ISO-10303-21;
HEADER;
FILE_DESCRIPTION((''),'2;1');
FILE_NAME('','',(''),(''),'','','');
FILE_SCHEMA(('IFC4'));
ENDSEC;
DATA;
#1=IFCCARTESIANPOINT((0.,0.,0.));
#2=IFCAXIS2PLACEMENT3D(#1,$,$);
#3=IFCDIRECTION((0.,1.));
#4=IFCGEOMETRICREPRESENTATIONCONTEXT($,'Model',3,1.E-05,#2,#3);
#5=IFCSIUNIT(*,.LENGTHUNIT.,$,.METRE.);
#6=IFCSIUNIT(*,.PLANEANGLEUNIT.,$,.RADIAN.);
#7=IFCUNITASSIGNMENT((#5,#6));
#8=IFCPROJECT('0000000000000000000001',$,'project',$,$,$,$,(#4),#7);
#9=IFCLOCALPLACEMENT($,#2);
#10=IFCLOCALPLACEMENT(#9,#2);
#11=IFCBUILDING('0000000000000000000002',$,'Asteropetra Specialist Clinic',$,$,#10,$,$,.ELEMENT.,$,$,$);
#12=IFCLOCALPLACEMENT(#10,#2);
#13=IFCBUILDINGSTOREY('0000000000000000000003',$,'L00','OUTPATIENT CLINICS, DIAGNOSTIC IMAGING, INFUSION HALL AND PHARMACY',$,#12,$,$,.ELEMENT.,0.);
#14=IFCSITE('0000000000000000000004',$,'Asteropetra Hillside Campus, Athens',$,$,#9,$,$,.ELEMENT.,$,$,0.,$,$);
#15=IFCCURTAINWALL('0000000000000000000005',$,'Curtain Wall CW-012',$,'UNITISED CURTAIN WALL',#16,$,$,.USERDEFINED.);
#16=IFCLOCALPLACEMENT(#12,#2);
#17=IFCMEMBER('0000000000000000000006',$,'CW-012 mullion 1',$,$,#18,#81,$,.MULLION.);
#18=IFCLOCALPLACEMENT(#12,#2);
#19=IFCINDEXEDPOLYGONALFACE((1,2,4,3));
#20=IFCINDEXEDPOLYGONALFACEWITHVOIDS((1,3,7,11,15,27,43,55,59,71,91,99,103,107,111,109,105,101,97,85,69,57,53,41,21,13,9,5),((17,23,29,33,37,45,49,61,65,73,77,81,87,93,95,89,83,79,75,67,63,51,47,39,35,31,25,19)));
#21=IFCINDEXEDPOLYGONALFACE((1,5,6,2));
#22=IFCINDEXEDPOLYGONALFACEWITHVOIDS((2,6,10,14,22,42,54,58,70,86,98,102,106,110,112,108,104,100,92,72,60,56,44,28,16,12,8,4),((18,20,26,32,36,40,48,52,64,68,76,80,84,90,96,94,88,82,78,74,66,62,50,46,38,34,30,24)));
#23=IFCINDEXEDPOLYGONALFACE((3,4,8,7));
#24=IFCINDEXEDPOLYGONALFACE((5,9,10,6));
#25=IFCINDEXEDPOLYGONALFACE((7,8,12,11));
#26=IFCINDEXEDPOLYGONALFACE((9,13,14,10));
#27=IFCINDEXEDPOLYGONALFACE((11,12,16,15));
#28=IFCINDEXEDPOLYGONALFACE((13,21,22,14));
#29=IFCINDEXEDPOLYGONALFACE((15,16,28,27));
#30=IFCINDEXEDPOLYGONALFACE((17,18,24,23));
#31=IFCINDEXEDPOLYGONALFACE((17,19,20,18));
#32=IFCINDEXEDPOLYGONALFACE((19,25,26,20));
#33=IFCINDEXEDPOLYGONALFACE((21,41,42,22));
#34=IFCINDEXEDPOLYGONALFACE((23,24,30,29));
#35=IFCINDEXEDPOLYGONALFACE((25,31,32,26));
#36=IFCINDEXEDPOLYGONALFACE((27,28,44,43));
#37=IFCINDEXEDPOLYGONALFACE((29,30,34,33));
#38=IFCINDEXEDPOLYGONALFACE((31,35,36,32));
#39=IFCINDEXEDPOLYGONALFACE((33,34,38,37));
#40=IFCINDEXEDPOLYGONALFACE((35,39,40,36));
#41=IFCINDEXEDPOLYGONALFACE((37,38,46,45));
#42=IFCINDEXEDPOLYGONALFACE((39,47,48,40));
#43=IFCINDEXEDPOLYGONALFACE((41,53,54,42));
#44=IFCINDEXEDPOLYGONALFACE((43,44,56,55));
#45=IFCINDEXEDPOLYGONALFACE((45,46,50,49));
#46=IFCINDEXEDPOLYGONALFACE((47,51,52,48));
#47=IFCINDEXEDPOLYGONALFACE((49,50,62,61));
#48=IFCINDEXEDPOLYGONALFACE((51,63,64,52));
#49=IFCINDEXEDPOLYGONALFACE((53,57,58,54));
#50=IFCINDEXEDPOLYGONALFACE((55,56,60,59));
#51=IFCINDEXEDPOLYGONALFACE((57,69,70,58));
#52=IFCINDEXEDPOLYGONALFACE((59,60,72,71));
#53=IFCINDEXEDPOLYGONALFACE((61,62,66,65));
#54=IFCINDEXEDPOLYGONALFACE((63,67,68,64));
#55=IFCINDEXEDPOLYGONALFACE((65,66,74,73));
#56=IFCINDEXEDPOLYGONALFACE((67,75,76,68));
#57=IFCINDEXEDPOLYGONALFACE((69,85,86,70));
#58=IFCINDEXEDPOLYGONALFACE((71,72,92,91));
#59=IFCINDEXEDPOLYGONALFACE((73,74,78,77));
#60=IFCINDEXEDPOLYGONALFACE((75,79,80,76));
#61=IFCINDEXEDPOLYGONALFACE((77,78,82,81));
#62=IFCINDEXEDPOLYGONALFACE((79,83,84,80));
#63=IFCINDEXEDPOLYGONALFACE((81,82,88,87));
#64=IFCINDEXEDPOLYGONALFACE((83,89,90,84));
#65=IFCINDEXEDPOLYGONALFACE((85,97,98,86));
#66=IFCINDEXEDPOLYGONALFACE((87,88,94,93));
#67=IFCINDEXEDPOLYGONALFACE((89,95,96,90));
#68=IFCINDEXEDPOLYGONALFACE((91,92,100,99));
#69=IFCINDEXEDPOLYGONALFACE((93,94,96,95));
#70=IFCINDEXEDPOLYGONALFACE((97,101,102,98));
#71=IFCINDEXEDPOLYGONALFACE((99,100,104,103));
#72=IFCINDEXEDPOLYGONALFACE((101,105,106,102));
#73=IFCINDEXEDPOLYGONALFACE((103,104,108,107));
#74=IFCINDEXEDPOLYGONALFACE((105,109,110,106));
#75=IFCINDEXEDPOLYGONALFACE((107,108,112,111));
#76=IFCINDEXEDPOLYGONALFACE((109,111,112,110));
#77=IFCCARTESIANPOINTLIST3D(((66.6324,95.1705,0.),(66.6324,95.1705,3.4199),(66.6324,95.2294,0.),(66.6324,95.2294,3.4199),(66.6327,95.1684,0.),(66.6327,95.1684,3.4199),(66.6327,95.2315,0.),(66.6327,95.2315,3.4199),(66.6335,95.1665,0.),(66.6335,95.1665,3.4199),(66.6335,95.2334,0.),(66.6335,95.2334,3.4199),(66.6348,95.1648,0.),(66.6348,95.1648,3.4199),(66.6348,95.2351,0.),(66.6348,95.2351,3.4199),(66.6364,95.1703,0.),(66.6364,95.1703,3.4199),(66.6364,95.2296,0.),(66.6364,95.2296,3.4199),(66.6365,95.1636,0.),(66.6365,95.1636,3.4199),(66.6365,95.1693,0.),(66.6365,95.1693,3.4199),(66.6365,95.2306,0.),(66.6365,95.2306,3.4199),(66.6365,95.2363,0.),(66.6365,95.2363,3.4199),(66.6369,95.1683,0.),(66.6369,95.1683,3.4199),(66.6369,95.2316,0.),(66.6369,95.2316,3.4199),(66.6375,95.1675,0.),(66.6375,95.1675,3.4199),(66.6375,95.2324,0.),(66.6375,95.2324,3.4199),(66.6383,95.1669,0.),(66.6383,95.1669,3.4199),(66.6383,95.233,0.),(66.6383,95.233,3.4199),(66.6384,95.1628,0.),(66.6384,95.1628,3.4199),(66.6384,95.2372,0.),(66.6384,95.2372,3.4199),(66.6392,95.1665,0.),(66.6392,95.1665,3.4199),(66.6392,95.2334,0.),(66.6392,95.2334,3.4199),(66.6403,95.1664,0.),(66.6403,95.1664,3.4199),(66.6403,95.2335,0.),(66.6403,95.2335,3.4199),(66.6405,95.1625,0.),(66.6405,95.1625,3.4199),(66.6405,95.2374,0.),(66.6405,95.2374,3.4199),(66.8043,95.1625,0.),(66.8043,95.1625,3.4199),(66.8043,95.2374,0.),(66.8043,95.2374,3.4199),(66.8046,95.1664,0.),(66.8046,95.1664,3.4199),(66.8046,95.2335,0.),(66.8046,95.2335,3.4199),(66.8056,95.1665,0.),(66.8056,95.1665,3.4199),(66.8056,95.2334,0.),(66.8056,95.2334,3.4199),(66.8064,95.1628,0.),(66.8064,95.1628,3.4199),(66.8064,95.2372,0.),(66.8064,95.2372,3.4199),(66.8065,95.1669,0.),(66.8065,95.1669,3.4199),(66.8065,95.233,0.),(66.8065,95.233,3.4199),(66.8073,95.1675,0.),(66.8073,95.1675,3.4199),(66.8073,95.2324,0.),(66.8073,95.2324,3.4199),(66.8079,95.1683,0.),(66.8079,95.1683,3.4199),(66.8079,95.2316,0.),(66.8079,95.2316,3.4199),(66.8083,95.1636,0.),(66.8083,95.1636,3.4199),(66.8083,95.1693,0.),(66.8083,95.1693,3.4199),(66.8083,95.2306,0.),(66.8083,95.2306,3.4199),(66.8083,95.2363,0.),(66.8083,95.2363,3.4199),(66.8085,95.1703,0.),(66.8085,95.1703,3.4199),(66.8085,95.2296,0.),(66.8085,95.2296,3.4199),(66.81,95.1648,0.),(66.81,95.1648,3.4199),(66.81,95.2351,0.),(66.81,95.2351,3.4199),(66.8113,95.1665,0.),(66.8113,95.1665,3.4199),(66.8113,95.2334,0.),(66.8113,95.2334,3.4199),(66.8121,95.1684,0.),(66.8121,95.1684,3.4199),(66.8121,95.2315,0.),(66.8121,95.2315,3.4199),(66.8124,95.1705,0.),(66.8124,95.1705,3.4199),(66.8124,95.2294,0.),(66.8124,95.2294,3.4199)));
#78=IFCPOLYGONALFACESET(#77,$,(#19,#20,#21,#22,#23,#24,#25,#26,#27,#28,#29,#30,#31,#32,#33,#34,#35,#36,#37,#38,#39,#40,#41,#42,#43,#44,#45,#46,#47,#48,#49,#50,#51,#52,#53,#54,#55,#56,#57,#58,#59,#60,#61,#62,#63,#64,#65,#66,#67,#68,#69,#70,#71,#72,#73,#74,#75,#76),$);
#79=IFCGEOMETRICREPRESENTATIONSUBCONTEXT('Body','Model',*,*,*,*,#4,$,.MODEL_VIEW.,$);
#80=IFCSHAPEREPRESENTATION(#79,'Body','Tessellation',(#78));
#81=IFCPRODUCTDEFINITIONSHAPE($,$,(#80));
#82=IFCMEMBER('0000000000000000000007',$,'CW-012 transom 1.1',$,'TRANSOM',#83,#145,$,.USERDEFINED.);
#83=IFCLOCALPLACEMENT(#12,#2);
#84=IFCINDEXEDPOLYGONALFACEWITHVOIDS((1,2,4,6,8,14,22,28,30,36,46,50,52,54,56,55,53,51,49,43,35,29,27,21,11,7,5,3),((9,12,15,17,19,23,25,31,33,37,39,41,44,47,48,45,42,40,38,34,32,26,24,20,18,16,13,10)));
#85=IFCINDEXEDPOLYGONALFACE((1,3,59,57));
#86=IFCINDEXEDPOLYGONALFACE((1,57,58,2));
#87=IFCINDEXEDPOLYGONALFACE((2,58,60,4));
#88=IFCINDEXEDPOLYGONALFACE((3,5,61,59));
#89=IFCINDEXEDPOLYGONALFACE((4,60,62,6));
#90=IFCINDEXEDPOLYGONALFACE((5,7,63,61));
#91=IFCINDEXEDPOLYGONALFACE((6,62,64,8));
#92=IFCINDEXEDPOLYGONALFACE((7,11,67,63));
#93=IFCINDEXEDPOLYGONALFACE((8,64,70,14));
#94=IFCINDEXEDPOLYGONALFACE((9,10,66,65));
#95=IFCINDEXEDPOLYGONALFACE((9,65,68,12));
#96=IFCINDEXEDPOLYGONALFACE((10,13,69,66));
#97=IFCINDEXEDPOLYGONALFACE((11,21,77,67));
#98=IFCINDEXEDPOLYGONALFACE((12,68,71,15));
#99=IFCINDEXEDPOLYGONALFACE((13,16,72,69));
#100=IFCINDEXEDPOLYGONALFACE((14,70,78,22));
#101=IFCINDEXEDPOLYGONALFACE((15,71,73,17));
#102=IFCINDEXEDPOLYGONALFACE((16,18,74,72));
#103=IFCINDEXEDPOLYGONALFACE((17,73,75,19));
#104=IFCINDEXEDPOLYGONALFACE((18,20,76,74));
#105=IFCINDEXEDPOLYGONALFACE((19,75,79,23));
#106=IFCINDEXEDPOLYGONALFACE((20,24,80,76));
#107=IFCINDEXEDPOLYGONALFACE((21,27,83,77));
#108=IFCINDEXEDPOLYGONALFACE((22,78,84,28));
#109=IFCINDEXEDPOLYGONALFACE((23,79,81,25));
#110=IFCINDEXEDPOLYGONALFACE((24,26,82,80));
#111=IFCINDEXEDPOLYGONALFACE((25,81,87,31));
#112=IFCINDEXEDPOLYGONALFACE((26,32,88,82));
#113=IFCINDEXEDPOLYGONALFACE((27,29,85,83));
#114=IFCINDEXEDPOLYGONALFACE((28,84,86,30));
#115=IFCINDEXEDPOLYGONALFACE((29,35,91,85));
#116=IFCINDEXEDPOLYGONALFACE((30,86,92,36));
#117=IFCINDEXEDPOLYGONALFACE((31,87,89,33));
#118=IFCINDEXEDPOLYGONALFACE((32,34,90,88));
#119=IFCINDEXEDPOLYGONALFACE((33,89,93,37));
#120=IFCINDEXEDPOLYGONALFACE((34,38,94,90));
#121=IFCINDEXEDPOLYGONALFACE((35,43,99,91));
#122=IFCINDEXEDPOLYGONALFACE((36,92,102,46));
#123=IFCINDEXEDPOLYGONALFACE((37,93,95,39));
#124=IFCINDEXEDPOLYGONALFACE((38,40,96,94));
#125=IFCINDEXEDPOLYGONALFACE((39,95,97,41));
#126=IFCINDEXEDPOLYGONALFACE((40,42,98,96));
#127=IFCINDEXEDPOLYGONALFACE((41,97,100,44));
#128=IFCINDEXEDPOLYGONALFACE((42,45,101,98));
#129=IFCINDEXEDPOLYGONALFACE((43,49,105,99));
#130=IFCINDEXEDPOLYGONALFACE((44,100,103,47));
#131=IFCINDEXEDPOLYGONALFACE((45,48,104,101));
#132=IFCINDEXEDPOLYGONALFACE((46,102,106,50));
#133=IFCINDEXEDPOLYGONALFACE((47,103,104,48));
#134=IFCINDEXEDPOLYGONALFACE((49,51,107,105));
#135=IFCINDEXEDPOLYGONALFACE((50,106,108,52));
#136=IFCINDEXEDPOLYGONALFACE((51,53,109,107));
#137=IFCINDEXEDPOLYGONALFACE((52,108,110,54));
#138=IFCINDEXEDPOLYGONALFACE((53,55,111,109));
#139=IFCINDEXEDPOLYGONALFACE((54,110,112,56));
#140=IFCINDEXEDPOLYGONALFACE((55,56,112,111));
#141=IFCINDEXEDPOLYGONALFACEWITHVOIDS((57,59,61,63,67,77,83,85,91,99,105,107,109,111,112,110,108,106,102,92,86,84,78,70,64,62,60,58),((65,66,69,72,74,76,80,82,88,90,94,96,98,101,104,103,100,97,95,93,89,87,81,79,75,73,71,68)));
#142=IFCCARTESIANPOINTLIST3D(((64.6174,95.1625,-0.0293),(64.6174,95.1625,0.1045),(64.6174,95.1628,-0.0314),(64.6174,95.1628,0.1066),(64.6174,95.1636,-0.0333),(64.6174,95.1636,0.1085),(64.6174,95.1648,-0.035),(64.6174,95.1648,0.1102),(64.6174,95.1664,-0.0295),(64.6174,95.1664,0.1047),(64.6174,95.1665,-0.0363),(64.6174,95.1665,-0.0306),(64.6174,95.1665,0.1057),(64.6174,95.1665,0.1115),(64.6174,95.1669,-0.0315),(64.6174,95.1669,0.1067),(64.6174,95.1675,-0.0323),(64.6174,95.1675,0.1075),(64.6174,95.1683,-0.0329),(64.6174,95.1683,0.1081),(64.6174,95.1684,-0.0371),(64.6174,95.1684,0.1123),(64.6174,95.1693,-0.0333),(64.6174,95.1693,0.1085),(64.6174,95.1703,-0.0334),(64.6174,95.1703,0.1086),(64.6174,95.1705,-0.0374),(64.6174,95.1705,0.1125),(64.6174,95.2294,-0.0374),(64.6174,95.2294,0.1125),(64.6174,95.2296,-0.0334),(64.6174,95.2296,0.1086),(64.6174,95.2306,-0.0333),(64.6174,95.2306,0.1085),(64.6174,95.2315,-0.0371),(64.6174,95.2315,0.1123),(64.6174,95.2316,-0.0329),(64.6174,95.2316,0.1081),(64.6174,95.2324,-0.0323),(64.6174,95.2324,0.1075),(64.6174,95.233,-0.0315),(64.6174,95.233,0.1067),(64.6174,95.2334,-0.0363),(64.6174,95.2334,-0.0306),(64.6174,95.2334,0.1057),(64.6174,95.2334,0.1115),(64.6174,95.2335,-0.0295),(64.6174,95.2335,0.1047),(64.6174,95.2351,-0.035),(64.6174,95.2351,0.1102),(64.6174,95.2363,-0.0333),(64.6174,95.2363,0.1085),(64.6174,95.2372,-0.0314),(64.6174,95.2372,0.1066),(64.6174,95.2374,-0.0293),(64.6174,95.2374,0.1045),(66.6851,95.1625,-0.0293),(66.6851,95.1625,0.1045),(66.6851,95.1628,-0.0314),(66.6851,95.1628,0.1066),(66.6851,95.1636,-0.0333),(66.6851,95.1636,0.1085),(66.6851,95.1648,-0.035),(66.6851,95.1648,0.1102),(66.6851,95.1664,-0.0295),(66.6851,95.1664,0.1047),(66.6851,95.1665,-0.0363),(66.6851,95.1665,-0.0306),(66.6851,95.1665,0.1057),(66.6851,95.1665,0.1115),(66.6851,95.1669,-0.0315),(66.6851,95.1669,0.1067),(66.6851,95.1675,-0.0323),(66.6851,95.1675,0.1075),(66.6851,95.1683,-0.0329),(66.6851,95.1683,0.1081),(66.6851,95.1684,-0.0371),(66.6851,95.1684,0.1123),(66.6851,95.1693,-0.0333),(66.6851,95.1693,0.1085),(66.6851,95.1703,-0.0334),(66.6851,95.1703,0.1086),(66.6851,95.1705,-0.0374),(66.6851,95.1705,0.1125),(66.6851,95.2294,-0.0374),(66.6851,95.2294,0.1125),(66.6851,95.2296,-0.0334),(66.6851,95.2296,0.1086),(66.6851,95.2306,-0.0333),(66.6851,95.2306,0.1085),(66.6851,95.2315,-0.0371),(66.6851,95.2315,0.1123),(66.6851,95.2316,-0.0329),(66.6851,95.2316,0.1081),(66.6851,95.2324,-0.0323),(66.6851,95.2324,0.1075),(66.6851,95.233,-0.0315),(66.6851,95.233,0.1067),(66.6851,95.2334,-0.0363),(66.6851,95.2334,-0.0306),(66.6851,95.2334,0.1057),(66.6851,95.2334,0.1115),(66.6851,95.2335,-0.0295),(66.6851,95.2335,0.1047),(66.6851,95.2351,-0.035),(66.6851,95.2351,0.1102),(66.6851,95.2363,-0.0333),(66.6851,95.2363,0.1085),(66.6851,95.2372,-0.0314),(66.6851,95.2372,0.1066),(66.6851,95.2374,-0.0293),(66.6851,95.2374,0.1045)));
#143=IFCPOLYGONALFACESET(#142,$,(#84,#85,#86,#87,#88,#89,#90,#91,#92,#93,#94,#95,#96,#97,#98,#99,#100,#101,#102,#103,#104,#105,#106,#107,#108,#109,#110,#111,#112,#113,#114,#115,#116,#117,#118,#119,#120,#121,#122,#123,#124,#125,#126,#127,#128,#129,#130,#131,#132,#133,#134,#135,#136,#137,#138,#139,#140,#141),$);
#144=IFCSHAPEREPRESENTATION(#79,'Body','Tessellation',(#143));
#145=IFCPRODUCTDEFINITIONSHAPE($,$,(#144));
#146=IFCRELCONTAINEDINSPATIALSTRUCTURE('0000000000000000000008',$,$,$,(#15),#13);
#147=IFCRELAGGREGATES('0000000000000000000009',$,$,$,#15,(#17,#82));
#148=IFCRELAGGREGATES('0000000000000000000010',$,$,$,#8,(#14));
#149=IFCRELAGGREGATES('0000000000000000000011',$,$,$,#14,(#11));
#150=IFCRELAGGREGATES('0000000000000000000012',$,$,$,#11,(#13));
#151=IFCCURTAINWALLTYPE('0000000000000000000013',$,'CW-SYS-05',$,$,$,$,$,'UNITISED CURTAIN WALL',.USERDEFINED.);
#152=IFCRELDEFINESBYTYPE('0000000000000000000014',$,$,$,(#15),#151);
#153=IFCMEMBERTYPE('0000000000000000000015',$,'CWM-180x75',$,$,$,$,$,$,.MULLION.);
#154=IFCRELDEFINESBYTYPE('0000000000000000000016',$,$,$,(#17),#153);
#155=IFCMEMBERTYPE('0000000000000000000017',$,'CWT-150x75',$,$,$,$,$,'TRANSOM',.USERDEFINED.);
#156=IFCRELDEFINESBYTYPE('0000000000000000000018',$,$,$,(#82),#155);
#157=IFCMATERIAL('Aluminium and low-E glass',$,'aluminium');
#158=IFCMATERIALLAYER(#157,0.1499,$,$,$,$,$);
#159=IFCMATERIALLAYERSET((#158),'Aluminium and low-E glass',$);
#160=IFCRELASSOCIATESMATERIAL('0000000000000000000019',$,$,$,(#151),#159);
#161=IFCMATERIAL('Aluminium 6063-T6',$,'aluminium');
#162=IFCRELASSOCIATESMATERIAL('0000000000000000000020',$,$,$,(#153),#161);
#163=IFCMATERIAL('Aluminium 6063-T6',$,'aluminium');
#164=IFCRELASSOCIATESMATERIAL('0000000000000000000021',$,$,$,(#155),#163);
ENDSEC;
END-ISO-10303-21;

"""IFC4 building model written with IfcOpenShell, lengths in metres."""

from ifc_helpers import new_model, si_unit, direction, frame, origin, origin_2d, place, context, subcontext, project, spatial, hollow_rectangle, extrude, material, layer, layer_set, material_profile, profile_set, type_object, element, aggregate, save


model = new_model("IFC4")

# Units and contexts
model_context = context("Model", 3, precision=1e-05, world=origin(), true_north=direction((0.0, 1.0)))
body_context = subcontext(model_context, "Body", "Model", "MODEL_VIEW")
ifc_project = project(units=[si_unit("LENGTHUNIT", "METRE"), si_unit("PLANEANGLEUNIT", "RADIAN")], contexts=[model_context])

# Site, building, storey
site_placement = place(None, origin())
site = spatial("IfcSite", under=ifc_project, at=site_placement, Name="Asteropetra Hillside Campus, Athens", CompositionType="ELEMENT", RefElevation=0.0)
building_placement = place(site_placement, origin())
building = spatial("IfcBuilding", under=site, at=building_placement, Name="Asteropetra Specialist Clinic", CompositionType="ELEMENT")
storey_placement = place(building_placement, origin())
storey = spatial("IfcBuildingStorey", under=building, at=storey_placement, Name="L00", Description="OUTPATIENT CLINICS, DIAGNOSTIC IMAGING, INFUSION HALL AND PHARMACY", CompositionType="ELEMENT", Elevation=0.0)

# Curtain wall, members
ifc_material_1 = material(Name="Aluminium and low-E glass", Category="aluminium")
ifc_layer_1 = layer(ifc_material_1, 0.1499)
ifc_layer_set_1 = layer_set([ifc_layer_1], Name="Aluminium and low-E glass")
curtain_wall_type_1 = type_object("IfcCurtainWallType", Name="CW-SYS-05", ElementType="UNITISED CURTAIN WALL", PredefinedType="USERDEFINED", material=ifc_layer_set_1)
curtain_wall_1_placement = place(storey_placement, origin())
curtain_wall_1 = element("IfcCurtainWall", 1, at=curtain_wall_1_placement, inside=storey, type_object=curtain_wall_type_1, Name="Curtain Wall CW-012", ObjectType="UNITISED CURTAIN WALL", PredefinedType="USERDEFINED")
ifc_material_2 = material(Name="Aluminium 6063-T6", Category="aluminium")
ifc_material_profile_1 = material_profile(ifc_material_2, hollow_rectangle(XDim=0.075, YDim=0.1799, WallThickness=0.0039, InnerFilletRadius=0.0039, OuterFilletRadius=0.0081, at=origin_2d()), Name="MUL 180x75x4.0")
ifc_profile_set_1 = profile_set([ifc_material_profile_1], Name="Aluminium 6063-T6")
member_type_1 = type_object("IfcMemberType", Name="CWM-180x75", PredefinedType="MULLION", material=ifc_profile_set_1)
member_1_placement = place(storey_placement, frame((66.7224, 95.2, 0.0), z_axis=(0.0, 0.0, 1.0), x_axis=(0.0, -1.0, 0.0)))
member_1 = element("IfcMember", 2, at=member_1_placement, type_object=member_type_1, Name="CW-012 mullion 1", PredefinedType="MULLION", context=body_context, shape_type="SweptSolid", body=[
    extrude(hollow_rectangle(XDim=0.075, YDim=0.1799, WallThickness=0.0039, InnerFilletRadius=0.0039, OuterFilletRadius=0.0081, at=origin_2d()), origin(), (0.0, 0.0, 1.0), 3.4199),
])
ifc_material_3 = material(Name="Aluminium 6063-T6", Category="aluminium")
ifc_material_profile_2 = material_profile(ifc_material_3, hollow_rectangle(XDim=0.075, YDim=0.1499, WallThickness=0.0039, InnerFilletRadius=0.0039, OuterFilletRadius=0.0081, at=origin_2d()), Name="TRN 150x75x4.0")
ifc_profile_set_2 = profile_set([ifc_material_profile_2], Name="Aluminium 6063-T6")
member_type_2 = type_object("IfcMemberType", Name="CWT-150x75", ElementType="TRANSOM", PredefinedType="USERDEFINED", material=ifc_profile_set_2)
member_2_placement = place(storey_placement, frame((66.6851, 95.2, 0.0376), z_axis=(-1.0, 0.0, 0.0), x_axis=(0.0, -1.0, 0.0)))
member_2 = element("IfcMember", 3, at=member_2_placement, type_object=member_type_2, Name="CW-012 transom 1.1", ObjectType="TRANSOM", PredefinedType="USERDEFINED", context=body_context, shape_type="SweptSolid", body=[
    extrude(hollow_rectangle(XDim=0.075, YDim=0.1499, WallThickness=0.0039, InnerFilletRadius=0.0039, OuterFilletRadius=0.0081, at=origin_2d()), origin(), (0.0, 0.0, 1.0), 2.0676),
])

aggregate(curtain_wall_1, [member_1, member_2])

save(model, "model.ifc")
